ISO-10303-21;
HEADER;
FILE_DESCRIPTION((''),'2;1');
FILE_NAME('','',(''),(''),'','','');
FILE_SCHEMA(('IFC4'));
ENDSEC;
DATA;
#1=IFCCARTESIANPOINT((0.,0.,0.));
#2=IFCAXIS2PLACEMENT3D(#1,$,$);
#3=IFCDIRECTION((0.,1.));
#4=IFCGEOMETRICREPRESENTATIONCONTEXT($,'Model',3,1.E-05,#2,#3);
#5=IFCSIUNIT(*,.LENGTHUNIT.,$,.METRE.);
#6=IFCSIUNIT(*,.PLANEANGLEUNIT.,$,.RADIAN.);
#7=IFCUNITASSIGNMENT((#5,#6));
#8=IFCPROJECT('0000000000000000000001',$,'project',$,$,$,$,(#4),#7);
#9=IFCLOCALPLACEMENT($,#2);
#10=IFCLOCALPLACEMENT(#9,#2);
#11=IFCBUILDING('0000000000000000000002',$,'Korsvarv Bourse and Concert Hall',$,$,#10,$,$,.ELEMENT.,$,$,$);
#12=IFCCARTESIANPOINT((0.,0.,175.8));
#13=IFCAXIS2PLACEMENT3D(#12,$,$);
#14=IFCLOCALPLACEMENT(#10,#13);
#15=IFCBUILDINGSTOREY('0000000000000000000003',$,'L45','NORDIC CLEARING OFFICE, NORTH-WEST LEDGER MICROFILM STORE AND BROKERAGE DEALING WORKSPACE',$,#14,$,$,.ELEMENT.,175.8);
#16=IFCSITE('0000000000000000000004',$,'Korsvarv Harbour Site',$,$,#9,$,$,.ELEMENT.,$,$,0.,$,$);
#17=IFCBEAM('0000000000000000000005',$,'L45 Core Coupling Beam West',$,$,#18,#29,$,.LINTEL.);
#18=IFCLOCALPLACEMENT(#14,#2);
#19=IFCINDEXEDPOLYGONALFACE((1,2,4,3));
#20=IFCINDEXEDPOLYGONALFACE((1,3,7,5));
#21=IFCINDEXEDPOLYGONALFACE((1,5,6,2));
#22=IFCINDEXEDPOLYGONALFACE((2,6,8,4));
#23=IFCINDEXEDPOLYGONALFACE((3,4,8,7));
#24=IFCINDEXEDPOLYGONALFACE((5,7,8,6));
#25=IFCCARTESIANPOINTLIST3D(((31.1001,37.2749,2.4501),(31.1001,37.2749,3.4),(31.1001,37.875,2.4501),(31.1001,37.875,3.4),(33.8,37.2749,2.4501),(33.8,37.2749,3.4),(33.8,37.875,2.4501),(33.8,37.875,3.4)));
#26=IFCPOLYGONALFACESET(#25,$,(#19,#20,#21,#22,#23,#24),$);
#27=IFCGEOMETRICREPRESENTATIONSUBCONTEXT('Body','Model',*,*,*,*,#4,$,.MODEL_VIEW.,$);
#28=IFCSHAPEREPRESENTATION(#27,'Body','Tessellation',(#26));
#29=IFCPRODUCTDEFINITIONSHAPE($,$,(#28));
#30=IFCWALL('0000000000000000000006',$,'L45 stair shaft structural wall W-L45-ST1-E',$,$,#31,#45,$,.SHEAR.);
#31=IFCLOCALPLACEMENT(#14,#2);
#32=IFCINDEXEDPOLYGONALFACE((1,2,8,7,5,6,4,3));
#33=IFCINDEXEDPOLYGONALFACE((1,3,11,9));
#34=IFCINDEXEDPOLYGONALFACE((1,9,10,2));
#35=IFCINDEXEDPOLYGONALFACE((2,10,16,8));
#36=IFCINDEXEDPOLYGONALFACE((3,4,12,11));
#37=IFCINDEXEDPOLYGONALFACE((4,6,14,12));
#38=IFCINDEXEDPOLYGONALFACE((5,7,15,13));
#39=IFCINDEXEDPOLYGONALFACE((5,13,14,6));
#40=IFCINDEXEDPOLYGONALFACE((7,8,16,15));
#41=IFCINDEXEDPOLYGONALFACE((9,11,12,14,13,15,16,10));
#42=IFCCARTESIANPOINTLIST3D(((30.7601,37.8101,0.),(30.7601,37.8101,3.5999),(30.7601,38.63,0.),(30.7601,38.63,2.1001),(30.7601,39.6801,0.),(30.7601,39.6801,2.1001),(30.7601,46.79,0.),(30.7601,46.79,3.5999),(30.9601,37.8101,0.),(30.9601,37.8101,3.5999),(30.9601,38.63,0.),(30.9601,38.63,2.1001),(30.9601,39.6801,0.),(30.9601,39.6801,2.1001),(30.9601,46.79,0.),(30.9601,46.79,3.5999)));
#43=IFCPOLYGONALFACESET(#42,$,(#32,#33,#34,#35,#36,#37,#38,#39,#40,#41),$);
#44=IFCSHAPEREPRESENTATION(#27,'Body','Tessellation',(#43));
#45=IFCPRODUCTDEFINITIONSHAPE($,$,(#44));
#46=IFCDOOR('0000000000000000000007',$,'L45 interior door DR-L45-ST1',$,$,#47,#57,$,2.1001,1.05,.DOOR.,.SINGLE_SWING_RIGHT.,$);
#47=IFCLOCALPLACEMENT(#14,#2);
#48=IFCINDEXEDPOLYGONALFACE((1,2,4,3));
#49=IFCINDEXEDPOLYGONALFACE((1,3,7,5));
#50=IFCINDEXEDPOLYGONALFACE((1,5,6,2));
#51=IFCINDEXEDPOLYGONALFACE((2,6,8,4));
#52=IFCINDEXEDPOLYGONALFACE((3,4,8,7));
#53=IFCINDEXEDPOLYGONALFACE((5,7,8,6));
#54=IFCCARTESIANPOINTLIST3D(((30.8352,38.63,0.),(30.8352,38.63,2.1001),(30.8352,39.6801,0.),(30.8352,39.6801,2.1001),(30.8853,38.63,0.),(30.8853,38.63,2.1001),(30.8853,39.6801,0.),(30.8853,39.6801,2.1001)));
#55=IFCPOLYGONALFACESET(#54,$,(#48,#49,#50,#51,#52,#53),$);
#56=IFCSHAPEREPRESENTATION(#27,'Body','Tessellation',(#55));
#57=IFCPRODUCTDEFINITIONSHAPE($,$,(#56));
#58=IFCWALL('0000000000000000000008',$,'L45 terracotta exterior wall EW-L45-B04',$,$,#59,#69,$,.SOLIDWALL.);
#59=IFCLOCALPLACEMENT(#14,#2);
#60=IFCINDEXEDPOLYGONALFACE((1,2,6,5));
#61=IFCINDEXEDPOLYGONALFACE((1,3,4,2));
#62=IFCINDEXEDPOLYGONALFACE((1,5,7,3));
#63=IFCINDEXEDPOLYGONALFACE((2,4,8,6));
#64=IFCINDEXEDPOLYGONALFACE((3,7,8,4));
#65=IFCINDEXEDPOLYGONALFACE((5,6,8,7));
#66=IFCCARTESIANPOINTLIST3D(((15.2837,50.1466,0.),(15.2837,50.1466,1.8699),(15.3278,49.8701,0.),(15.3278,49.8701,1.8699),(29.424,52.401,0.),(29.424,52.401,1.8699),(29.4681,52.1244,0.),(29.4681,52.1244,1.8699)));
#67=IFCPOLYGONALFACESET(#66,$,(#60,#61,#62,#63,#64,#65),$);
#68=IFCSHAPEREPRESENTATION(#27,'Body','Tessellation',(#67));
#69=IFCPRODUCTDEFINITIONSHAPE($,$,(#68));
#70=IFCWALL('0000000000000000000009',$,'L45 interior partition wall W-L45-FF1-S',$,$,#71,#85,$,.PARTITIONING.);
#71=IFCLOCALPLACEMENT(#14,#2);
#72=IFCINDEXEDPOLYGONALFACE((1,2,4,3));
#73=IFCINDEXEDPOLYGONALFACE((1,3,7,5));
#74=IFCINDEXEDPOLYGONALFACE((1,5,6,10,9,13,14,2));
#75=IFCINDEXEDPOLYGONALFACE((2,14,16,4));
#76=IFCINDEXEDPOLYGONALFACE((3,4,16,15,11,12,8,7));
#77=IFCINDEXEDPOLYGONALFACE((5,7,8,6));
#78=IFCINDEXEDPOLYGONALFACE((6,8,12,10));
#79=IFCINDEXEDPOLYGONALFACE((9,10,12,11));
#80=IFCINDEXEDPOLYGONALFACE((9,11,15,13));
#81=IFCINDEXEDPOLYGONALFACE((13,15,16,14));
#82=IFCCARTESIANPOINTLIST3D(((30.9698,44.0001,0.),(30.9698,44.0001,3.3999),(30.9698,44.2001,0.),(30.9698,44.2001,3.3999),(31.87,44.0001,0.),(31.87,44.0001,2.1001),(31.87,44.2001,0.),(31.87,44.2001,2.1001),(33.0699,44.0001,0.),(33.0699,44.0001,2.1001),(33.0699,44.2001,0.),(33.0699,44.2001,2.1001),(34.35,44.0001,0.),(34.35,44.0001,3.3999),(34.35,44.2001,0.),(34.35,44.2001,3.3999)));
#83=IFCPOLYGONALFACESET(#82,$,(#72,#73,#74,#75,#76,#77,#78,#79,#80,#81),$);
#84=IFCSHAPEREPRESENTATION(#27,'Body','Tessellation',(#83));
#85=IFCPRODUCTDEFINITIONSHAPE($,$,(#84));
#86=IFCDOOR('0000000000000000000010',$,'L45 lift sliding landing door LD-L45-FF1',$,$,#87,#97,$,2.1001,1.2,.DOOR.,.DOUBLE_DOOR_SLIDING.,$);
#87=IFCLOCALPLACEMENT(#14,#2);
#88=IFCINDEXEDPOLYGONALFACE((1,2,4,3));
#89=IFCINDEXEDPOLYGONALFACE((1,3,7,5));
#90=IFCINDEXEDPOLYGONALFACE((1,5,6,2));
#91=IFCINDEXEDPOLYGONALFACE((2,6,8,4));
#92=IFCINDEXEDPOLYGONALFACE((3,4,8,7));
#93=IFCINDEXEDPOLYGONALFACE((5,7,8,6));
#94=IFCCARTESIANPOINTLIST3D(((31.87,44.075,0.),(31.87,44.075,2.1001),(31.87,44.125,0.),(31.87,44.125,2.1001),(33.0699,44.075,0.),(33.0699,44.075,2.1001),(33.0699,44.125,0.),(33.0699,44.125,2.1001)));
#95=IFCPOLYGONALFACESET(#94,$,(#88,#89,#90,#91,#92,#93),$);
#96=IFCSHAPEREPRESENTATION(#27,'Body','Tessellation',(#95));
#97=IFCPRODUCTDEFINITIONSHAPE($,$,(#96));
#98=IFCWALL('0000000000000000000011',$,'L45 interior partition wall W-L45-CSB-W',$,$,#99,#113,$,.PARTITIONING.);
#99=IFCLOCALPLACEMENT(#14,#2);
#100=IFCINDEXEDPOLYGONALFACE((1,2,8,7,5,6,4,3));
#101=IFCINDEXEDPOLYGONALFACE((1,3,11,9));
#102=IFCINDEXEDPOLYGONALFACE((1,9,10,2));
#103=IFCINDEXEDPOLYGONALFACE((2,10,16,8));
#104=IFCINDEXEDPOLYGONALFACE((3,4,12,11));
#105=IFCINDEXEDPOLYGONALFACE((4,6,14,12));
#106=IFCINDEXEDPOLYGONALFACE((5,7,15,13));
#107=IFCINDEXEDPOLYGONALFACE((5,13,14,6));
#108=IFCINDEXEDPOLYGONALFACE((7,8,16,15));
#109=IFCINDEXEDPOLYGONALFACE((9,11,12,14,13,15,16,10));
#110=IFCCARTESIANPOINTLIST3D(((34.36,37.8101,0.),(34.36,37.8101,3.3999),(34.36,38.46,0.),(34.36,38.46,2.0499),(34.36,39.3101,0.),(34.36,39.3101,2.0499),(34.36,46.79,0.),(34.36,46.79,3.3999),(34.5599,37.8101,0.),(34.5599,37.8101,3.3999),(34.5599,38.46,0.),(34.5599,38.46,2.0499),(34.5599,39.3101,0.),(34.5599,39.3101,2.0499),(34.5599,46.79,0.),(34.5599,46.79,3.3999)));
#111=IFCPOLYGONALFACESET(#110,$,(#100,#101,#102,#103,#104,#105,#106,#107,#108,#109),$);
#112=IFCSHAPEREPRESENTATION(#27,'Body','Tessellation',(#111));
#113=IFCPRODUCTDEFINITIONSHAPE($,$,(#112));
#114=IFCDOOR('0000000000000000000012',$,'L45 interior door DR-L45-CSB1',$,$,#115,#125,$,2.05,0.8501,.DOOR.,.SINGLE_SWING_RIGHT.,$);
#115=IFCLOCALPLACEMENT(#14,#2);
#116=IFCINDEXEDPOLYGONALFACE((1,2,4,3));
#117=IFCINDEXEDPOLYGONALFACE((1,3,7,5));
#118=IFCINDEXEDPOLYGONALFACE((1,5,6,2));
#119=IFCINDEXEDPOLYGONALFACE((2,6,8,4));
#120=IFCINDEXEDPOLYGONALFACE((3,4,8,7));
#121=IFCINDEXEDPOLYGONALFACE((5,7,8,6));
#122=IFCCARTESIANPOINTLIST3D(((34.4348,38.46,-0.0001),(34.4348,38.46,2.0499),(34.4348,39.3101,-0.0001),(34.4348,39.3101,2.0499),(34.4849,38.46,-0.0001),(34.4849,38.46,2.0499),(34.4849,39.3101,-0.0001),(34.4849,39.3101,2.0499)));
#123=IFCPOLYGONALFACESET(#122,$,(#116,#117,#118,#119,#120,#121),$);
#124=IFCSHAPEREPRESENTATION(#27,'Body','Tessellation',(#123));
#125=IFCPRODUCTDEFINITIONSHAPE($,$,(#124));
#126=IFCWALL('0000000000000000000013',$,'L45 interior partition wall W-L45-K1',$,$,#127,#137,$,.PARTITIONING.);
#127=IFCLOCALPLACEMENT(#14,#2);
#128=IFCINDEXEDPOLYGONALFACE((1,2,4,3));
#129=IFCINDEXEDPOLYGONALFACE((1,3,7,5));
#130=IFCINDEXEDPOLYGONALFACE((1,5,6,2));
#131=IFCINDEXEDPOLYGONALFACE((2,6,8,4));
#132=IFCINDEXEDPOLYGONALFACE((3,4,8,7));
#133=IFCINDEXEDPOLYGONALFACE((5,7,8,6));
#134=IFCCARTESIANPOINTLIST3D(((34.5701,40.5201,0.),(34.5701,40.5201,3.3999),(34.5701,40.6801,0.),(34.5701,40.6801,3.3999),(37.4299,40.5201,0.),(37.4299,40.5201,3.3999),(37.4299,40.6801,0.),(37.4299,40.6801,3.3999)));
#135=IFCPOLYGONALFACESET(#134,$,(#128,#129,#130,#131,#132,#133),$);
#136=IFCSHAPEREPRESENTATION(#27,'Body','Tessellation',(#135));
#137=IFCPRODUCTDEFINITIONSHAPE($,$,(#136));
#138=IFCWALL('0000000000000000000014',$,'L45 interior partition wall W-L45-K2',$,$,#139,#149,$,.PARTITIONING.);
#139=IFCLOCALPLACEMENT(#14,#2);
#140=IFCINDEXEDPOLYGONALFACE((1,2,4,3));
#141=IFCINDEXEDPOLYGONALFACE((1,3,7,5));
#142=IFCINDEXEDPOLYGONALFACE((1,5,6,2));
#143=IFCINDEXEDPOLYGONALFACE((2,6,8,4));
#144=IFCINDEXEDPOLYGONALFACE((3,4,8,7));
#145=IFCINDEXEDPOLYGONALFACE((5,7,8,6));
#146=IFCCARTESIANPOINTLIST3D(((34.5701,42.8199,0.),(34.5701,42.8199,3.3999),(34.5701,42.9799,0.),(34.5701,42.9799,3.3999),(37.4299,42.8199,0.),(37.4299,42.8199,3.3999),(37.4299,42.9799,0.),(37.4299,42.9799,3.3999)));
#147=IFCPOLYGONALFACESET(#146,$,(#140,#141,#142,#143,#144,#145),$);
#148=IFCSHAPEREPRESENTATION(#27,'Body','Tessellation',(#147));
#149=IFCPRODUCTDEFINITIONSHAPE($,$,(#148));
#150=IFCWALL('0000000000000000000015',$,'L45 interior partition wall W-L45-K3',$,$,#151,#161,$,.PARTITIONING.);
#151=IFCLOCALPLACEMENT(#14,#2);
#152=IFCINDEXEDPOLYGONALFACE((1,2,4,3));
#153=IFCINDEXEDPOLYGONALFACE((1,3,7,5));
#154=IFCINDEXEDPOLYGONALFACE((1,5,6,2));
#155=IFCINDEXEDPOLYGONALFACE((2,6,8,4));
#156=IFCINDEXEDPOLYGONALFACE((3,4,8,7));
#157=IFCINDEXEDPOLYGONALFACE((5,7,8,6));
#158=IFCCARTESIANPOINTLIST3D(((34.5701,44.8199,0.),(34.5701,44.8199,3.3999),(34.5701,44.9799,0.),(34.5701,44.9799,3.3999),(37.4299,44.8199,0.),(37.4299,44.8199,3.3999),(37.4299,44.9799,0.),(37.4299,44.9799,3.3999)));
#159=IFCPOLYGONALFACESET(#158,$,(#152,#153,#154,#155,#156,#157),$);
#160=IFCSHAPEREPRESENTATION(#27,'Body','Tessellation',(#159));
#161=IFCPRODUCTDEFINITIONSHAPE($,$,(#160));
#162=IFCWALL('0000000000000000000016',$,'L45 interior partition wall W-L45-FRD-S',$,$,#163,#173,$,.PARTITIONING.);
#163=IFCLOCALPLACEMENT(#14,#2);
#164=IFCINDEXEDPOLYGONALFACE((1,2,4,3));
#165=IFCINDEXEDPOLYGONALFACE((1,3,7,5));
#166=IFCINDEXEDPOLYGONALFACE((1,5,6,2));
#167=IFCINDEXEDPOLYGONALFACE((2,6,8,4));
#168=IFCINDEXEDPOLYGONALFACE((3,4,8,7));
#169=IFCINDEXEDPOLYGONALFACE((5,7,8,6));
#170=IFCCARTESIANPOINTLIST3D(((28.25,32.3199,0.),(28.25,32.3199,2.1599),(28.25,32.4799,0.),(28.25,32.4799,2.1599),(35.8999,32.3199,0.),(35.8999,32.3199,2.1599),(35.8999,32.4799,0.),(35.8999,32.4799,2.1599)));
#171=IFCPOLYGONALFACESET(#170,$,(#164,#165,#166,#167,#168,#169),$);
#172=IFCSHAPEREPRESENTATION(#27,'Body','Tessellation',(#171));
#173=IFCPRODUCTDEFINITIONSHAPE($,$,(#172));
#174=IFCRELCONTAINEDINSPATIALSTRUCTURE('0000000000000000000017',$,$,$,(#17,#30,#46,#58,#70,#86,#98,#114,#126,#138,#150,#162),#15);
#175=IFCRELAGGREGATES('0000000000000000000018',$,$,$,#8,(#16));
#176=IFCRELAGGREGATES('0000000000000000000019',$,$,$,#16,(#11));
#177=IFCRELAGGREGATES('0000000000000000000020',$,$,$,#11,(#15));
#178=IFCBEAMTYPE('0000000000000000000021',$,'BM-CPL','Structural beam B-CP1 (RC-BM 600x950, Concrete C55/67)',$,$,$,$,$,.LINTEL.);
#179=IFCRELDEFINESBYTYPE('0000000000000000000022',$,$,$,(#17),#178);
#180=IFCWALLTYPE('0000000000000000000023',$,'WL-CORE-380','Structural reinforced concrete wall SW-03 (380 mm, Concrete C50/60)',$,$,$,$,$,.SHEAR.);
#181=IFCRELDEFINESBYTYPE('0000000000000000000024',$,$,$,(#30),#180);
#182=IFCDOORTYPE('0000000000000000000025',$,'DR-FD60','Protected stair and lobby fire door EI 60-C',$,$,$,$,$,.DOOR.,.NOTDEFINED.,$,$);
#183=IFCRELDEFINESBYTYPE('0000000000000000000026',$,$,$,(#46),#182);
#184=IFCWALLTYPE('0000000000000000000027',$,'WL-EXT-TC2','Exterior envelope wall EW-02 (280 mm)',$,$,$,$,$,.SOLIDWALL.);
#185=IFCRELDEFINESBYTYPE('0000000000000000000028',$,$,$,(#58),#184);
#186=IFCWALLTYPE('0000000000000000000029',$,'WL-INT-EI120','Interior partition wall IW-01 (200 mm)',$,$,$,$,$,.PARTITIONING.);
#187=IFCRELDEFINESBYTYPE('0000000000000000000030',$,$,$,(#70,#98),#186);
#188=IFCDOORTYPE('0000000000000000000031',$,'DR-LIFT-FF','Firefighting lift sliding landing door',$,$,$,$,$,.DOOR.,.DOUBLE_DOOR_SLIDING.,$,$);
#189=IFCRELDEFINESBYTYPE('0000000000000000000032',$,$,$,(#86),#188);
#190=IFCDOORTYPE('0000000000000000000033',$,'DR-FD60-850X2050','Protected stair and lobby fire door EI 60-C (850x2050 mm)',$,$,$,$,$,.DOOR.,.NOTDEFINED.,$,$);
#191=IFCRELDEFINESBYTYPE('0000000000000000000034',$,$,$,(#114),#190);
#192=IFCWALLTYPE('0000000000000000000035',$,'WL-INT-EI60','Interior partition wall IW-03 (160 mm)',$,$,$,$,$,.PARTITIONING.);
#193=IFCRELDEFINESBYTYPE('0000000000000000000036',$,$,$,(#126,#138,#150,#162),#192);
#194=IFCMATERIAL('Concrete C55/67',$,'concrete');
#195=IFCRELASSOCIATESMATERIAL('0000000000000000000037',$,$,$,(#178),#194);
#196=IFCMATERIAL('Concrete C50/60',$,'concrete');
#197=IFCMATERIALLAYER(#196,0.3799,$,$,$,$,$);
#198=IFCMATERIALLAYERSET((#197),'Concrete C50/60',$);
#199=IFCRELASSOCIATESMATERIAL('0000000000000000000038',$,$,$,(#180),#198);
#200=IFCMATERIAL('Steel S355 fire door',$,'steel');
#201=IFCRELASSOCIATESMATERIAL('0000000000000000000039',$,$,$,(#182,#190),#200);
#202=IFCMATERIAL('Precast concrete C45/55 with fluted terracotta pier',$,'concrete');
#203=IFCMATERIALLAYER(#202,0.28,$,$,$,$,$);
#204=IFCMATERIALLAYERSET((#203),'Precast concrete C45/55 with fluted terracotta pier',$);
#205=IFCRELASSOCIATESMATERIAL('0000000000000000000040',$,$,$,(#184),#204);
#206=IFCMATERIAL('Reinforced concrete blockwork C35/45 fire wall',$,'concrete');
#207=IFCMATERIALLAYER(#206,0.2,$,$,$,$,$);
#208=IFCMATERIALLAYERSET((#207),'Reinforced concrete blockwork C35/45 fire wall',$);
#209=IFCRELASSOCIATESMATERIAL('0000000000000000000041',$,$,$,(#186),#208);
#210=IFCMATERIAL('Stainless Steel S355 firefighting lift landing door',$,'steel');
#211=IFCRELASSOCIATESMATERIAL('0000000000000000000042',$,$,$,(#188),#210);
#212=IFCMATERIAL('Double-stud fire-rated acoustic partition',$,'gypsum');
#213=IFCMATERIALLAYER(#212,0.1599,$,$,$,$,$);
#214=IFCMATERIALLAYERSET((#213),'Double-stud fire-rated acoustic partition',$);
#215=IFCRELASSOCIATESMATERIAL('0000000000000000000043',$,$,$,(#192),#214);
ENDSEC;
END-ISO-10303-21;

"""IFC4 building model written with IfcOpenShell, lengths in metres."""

from ifc_helpers import new_model, si_unit, direction, frame, frame_2d, origin, origin_2d, place, context, subcontext, project, spatial, rectangle, extrude, source, transform, mapped, material, layer, layer_set, material_profile, profile_set, type_object, element, fill, save


model = new_model("IFC4")

# Units and contexts
model_context = context("Model", 3, precision=1e-05, world=origin(), true_north=direction((0.0, 1.0)))
body_context = subcontext(model_context, "Body", "Model", "MODEL_VIEW")
ifc_project = project(units=[si_unit("LENGTHUNIT", "METRE"), si_unit("PLANEANGLEUNIT", "RADIAN")], contexts=[model_context])

# Site, building, storey
site_placement = place(None, origin())
site = spatial("IfcSite", under=ifc_project, at=site_placement, Name="Korsvarv Harbour Site", CompositionType="ELEMENT", RefElevation=0.0)
building_placement = place(site_placement, origin())
building = spatial("IfcBuilding", under=site, at=building_placement, Name="Korsvarv Bourse and Concert Hall", CompositionType="ELEMENT")
storey_placement = place(building_placement, frame((0.0, 0.0, 175.8)))
storey = spatial("IfcBuildingStorey", under=building, at=storey_placement, Name="L45", Description="NORDIC CLEARING OFFICE, NORTH-WEST LEDGER MICROFILM STORE AND BROKERAGE DEALING WORKSPACE", CompositionType="ELEMENT", Elevation=175.8)

# Beam
ifc_material_1 = material(Name="Concrete C55/67", Category="concrete")
ifc_material_profile = material_profile(ifc_material_1, rectangle(XDim=0.6001, YDim=0.95, at=origin_2d()), Name="RC-BM 600x950")
ifc_profile_set = profile_set([ifc_material_profile], Name="Concrete C55/67")
beam_type = type_object("IfcBeamType", Name="BM-CPL", Description="Structural beam B-CP1 (RC-BM 600x950, Concrete C55/67)", PredefinedType="LINTEL", material=ifc_profile_set)
shared_shape = source(origin(), body_context, "Body", "SweptSolid", [
    extrude(rectangle(XDim=0.6001, YDim=0.95, at=origin_2d()), origin(), (0.0, 0.0, 1.0), 2.7),
])
beam_placement = place(storey_placement, frame((31.1001, 37.575, 2.925), z_axis=(1.0, 0.0, 0.0), x_axis=(0.0, 1.0, 0.0)))
element("IfcBeam", 1, at=beam_placement, inside=storey, type_object=beam_type, Name="L45 Core Coupling Beam West", PredefinedType="LINTEL", context=body_context, shape_type="MappedRepresentation", body=[
    mapped(shared_shape, transform((0.0, 0.0, 0.0), scale=1.0)),
])

# Wall, opening, door
ifc_material_2 = material(Name="Concrete C50/60", Category="concrete")
ifc_layer_1 = layer(ifc_material_2, 0.3799)
ifc_layer_set_1 = layer_set([ifc_layer_1], Name="Concrete C50/60")
wall_type_1 = type_object("IfcWallType", Name="WL-CORE-380", Description="Structural reinforced concrete wall SW-03 (380 mm, Concrete C50/60)", PredefinedType="SHEAR", material=ifc_layer_set_1)
wall_1_placement = place(storey_placement, frame((30.8601, 37.8101, 0.0), z_axis=(0.0, 0.0, 1.0), x_axis=(0.0, 1.0, 0.0)))
wall_1 = element("IfcWall", 2, at=wall_1_placement, inside=storey, type_object=wall_type_1, Name="L45 stair shaft structural wall W-L45-ST1-E", PredefinedType="SHEAR", context=body_context, shape_type="SweptSolid", body=[
    extrude(rectangle(XDim=8.98, YDim=0.2, at=frame_2d((4.49, 0.0))), origin(), (0.0, 0.0, 1.0), 3.5999),
])
opening_1_placement = place(wall_1_placement, frame((0.8201, 0.0, 0.0)))
opening_1 = element("IfcOpeningElement", 3, at=opening_1_placement, cuts=wall_1, PredefinedType="OPENING", context=body_context, shape_type="SweptSolid", body=[
    extrude(rectangle(XDim=1.05, YDim=2.1001, at=frame_2d((0.5249, 1.05))), frame((0.0, 0.1099, 0.0), z_axis=(0.0, -1.0, 0.0), x_axis=(1.0, 0.0, 0.0)), (0.0, 0.0, 1.0), 0.22),
])
ifc_material_3 = material(Name="Steel S355 fire door", Category="steel")
door_type_1 = type_object("IfcDoorType", Name="DR-FD60", Description="Protected stair and lobby fire door EI 60-C", OperationType="NOTDEFINED", PredefinedType="DOOR", material=ifc_material_3)
door_1_placement = place(opening_1_placement, origin())
door_1 = element("IfcDoor", 4, at=door_1_placement, inside=storey, type_object=door_type_1, Name="L45 interior door DR-L45-ST1", OperationType="SINGLE_SWING_RIGHT", OverallHeight=2.1001, OverallWidth=1.05, PredefinedType="DOOR", context=body_context, shape_type="SweptSolid", body=[
    extrude(rectangle(XDim=1.05, YDim=2.1001, at=frame_2d((0.5249, 1.05))), frame((0.0, 0.0249, 0.0), z_axis=(0.0, -1.0, 0.0), x_axis=(1.0, 0.0, 0.0)), (0.0, 0.0, 1.0), 0.05),
])
fill(opening_1, door_1)

# Wall
ifc_material_4 = material(Name="Precast concrete C45/55 with fluted terracotta pier", Category="concrete")
ifc_layer_2 = layer(ifc_material_4, 0.28)
ifc_layer_set_2 = layer_set([ifc_layer_2], Name="Precast concrete C45/55 with fluted terracotta pier")
wall_type_2 = type_object("IfcWallType", Name="WL-EXT-TC2", Description="Exterior envelope wall EW-02 (280 mm)", PredefinedType="SOLIDWALL", material=ifc_layer_set_2)
wall_2_placement = place(storey_placement, frame((29.446, 52.2627, 0.0), z_axis=(0.0, 0.0, 1.0), x_axis=(-0.987528, -0.157441, 0.0)))
element("IfcWall", 5, at=wall_2_placement, inside=storey, type_object=wall_type_2, Name="L45 terracotta exterior wall EW-L45-B04", PredefinedType="SOLIDWALL", context=body_context, shape_type="SweptSolid", body=[
    extrude(rectangle(XDim=14.3188, YDim=0.28, at=frame_2d((7.1594, 0.0))), origin(), (0.0, 0.0, 1.0), 1.8699),
])

# Walls, openings, doors
ifc_material_5 = material(Name="Reinforced concrete blockwork C35/45 fire wall", Category="concrete")
ifc_layer_3 = layer(ifc_material_5, 0.2)
ifc_layer_set_3 = layer_set([ifc_layer_3], Name="Reinforced concrete blockwork C35/45 fire wall")
wall_type_3 = type_object("IfcWallType", Name="WL-INT-EI120", Description="Interior partition wall IW-01 (200 mm)", PredefinedType="PARTITIONING", material=ifc_layer_set_3)
wall_3_placement = place(storey_placement, frame((30.97, 44.1001, 0.0), z_axis=(0.0, 0.0, 1.0), x_axis=(1.0, 0.0, 0.0)))
wall_3 = element("IfcWall", 6, at=wall_3_placement, inside=storey, type_object=wall_type_3, Name="L45 interior partition wall W-L45-FF1-S", PredefinedType="PARTITIONING", context=body_context, shape_type="SweptSolid", body=[
    extrude(rectangle(XDim=3.3801, YDim=0.2, at=frame_2d((1.6899, 0.0))), origin(), (0.0, 0.0, 1.0), 3.3999),
])
opening_2_placement = place(wall_3_placement, frame((0.8999, 0.0, 0.0)))
opening_2 = element("IfcOpeningElement", 7, at=opening_2_placement, cuts=wall_3, PredefinedType="OPENING", context=body_context, shape_type="SweptSolid", body=[
    extrude(rectangle(XDim=1.2, YDim=2.1001, at=frame_2d((0.6001, 1.05))), frame((0.0, 0.1099, 0.0), z_axis=(0.0, -1.0, 0.0), x_axis=(1.0, 0.0, 0.0)), (0.0, 0.0, 1.0), 0.22),
])
ifc_material_6 = material(Name="Stainless Steel S355 firefighting lift landing door", Category="steel")
door_type_2 = type_object("IfcDoorType", Name="DR-LIFT-FF", Description="Firefighting lift sliding landing door", OperationType="DOUBLE_DOOR_SLIDING", PredefinedType="DOOR", material=ifc_material_6)
door_2_placement = place(opening_2_placement, origin())
door_2 = element("IfcDoor", 8, at=door_2_placement, inside=storey, type_object=door_type_2, Name="L45 lift sliding landing door LD-L45-FF1", OperationType="DOUBLE_DOOR_SLIDING", OverallHeight=2.1001, OverallWidth=1.2, PredefinedType="DOOR", context=body_context, shape_type="SweptSolid", body=[
    extrude(rectangle(XDim=1.2, YDim=2.1001, at=frame_2d((0.6001, 1.05))), frame((0.0, 0.0249, 0.0), z_axis=(0.0, -1.0, 0.0), x_axis=(1.0, 0.0, 0.0)), (0.0, 0.0, 1.0), 0.05),
])
fill(opening_2, door_2)
wall_4_placement = place(storey_placement, frame((34.46, 37.8101, 0.0), z_axis=(0.0, 0.0, 1.0), x_axis=(0.0, 1.0, 0.0)))
wall_4 = element("IfcWall", 9, at=wall_4_placement, inside=storey, type_object=wall_type_3, Name="L45 interior partition wall W-L45-CSB-W", PredefinedType="PARTITIONING", context=body_context, shape_type="SweptSolid", body=[
    extrude(rectangle(XDim=8.98, YDim=0.2, at=frame_2d((4.49, 0.0))), origin(), (0.0, 0.0, 1.0), 3.3999),
])
opening_3_placement = place(wall_4_placement, frame((0.6499, 0.0, 0.0)))
opening_3 = element("IfcOpeningElement", 10, at=opening_3_placement, cuts=wall_4, PredefinedType="OPENING", context=body_context, shape_type="SweptSolid", body=[
    extrude(rectangle(XDim=0.8501, YDim=2.05, at=frame_2d((0.425, 1.0249))), frame((0.0, 0.1099, 0.0), z_axis=(0.0, -1.0, 0.0), x_axis=(1.0, 0.0, 0.0)), (0.0, 0.0, 1.0), 0.22),
])
door_type_3 = type_object("IfcDoorType", Name="DR-FD60-850X2050", Description="Protected stair and lobby fire door EI 60-C (850x2050 mm)", OperationType="NOTDEFINED", PredefinedType="DOOR", material=ifc_material_3)
door_3_placement = place(opening_3_placement, frame((0.8501, 0.0, 0.0), z_axis=(0.0, 0.0, 1.0), x_axis=(-1.0, 0.0, 0.0)))
door_3 = element("IfcDoor", 11, at=door_3_placement, inside=storey, type_object=door_type_3, Name="L45 interior door DR-L45-CSB1", OperationType="SINGLE_SWING_RIGHT", OverallHeight=2.05, OverallWidth=0.8501, PredefinedType="DOOR", context=body_context, shape_type="SweptSolid", body=[
    extrude(rectangle(XDim=0.8501, YDim=2.05, at=frame_2d((0.425, 1.0249))), frame((0.0, 0.0249, 0.0), z_axis=(0.0, -1.0, 0.0), x_axis=(1.0, 0.0, 0.0)), (0.0, 0.0, 1.0), 0.05),
])
fill(opening_3, door_3)

# Walls
ifc_material_7 = material(Name="Double-stud fire-rated acoustic partition", Category="gypsum")
ifc_layer_4 = layer(ifc_material_7, 0.1599)
ifc_layer_set_4 = layer_set([ifc_layer_4], Name="Double-stud fire-rated acoustic partition")
wall_type_4 = type_object("IfcWallType", Name="WL-INT-EI60", Description="Interior partition wall IW-03 (160 mm)", PredefinedType="PARTITIONING", material=ifc_layer_set_4)
for number, where, z_axis, x_axis, name in (
    (12, (34.5701, 40.6001, 0.0), (0.0, 0.0, 1.0), (1.0, 0.0, 0.0), "L45 interior partition wall W-L45-K1"),
    (13, (34.5701, 42.8999, 0.0), (0.0, 0.0, 1.0), (1.0, 0.0, 0.0), "L45 interior partition wall W-L45-K2"),
    (14, (34.5701, 44.8999, 0.0), (0.0, 0.0, 1.0), (1.0, 0.0, 0.0), "L45 interior partition wall W-L45-K3"),
):
    element("IfcWall", number, at=place(storey_placement, frame(where, z_axis=z_axis, x_axis=x_axis)), inside=storey, type_object=wall_type_4, Name=name, PredefinedType="PARTITIONING", context=body_context, shape_type="SweptSolid", body=[
        extrude(rectangle(XDim=2.8599, YDim=0.1599, at=frame_2d((1.4299, 0.0))), origin(), (0.0, 0.0, 1.0), 3.3999),
    ])
wall_5_placement = place(storey_placement, frame((28.25, 32.3999, 0.0), z_axis=(0.0, 0.0, 1.0), x_axis=(1.0, 0.0, 0.0)))
element("IfcWall", 15, at=wall_5_placement, inside=storey, type_object=wall_type_4, Name="L45 interior partition wall W-L45-FRD-S", PredefinedType="PARTITIONING", context=body_context, shape_type="SweptSolid", body=[
    extrude(rectangle(XDim=7.6499, YDim=0.1599, at=frame_2d((3.825, 0.0))), origin(), (0.0, 0.0, 1.0), 2.1599),
])

save(model, "model.ifc")
